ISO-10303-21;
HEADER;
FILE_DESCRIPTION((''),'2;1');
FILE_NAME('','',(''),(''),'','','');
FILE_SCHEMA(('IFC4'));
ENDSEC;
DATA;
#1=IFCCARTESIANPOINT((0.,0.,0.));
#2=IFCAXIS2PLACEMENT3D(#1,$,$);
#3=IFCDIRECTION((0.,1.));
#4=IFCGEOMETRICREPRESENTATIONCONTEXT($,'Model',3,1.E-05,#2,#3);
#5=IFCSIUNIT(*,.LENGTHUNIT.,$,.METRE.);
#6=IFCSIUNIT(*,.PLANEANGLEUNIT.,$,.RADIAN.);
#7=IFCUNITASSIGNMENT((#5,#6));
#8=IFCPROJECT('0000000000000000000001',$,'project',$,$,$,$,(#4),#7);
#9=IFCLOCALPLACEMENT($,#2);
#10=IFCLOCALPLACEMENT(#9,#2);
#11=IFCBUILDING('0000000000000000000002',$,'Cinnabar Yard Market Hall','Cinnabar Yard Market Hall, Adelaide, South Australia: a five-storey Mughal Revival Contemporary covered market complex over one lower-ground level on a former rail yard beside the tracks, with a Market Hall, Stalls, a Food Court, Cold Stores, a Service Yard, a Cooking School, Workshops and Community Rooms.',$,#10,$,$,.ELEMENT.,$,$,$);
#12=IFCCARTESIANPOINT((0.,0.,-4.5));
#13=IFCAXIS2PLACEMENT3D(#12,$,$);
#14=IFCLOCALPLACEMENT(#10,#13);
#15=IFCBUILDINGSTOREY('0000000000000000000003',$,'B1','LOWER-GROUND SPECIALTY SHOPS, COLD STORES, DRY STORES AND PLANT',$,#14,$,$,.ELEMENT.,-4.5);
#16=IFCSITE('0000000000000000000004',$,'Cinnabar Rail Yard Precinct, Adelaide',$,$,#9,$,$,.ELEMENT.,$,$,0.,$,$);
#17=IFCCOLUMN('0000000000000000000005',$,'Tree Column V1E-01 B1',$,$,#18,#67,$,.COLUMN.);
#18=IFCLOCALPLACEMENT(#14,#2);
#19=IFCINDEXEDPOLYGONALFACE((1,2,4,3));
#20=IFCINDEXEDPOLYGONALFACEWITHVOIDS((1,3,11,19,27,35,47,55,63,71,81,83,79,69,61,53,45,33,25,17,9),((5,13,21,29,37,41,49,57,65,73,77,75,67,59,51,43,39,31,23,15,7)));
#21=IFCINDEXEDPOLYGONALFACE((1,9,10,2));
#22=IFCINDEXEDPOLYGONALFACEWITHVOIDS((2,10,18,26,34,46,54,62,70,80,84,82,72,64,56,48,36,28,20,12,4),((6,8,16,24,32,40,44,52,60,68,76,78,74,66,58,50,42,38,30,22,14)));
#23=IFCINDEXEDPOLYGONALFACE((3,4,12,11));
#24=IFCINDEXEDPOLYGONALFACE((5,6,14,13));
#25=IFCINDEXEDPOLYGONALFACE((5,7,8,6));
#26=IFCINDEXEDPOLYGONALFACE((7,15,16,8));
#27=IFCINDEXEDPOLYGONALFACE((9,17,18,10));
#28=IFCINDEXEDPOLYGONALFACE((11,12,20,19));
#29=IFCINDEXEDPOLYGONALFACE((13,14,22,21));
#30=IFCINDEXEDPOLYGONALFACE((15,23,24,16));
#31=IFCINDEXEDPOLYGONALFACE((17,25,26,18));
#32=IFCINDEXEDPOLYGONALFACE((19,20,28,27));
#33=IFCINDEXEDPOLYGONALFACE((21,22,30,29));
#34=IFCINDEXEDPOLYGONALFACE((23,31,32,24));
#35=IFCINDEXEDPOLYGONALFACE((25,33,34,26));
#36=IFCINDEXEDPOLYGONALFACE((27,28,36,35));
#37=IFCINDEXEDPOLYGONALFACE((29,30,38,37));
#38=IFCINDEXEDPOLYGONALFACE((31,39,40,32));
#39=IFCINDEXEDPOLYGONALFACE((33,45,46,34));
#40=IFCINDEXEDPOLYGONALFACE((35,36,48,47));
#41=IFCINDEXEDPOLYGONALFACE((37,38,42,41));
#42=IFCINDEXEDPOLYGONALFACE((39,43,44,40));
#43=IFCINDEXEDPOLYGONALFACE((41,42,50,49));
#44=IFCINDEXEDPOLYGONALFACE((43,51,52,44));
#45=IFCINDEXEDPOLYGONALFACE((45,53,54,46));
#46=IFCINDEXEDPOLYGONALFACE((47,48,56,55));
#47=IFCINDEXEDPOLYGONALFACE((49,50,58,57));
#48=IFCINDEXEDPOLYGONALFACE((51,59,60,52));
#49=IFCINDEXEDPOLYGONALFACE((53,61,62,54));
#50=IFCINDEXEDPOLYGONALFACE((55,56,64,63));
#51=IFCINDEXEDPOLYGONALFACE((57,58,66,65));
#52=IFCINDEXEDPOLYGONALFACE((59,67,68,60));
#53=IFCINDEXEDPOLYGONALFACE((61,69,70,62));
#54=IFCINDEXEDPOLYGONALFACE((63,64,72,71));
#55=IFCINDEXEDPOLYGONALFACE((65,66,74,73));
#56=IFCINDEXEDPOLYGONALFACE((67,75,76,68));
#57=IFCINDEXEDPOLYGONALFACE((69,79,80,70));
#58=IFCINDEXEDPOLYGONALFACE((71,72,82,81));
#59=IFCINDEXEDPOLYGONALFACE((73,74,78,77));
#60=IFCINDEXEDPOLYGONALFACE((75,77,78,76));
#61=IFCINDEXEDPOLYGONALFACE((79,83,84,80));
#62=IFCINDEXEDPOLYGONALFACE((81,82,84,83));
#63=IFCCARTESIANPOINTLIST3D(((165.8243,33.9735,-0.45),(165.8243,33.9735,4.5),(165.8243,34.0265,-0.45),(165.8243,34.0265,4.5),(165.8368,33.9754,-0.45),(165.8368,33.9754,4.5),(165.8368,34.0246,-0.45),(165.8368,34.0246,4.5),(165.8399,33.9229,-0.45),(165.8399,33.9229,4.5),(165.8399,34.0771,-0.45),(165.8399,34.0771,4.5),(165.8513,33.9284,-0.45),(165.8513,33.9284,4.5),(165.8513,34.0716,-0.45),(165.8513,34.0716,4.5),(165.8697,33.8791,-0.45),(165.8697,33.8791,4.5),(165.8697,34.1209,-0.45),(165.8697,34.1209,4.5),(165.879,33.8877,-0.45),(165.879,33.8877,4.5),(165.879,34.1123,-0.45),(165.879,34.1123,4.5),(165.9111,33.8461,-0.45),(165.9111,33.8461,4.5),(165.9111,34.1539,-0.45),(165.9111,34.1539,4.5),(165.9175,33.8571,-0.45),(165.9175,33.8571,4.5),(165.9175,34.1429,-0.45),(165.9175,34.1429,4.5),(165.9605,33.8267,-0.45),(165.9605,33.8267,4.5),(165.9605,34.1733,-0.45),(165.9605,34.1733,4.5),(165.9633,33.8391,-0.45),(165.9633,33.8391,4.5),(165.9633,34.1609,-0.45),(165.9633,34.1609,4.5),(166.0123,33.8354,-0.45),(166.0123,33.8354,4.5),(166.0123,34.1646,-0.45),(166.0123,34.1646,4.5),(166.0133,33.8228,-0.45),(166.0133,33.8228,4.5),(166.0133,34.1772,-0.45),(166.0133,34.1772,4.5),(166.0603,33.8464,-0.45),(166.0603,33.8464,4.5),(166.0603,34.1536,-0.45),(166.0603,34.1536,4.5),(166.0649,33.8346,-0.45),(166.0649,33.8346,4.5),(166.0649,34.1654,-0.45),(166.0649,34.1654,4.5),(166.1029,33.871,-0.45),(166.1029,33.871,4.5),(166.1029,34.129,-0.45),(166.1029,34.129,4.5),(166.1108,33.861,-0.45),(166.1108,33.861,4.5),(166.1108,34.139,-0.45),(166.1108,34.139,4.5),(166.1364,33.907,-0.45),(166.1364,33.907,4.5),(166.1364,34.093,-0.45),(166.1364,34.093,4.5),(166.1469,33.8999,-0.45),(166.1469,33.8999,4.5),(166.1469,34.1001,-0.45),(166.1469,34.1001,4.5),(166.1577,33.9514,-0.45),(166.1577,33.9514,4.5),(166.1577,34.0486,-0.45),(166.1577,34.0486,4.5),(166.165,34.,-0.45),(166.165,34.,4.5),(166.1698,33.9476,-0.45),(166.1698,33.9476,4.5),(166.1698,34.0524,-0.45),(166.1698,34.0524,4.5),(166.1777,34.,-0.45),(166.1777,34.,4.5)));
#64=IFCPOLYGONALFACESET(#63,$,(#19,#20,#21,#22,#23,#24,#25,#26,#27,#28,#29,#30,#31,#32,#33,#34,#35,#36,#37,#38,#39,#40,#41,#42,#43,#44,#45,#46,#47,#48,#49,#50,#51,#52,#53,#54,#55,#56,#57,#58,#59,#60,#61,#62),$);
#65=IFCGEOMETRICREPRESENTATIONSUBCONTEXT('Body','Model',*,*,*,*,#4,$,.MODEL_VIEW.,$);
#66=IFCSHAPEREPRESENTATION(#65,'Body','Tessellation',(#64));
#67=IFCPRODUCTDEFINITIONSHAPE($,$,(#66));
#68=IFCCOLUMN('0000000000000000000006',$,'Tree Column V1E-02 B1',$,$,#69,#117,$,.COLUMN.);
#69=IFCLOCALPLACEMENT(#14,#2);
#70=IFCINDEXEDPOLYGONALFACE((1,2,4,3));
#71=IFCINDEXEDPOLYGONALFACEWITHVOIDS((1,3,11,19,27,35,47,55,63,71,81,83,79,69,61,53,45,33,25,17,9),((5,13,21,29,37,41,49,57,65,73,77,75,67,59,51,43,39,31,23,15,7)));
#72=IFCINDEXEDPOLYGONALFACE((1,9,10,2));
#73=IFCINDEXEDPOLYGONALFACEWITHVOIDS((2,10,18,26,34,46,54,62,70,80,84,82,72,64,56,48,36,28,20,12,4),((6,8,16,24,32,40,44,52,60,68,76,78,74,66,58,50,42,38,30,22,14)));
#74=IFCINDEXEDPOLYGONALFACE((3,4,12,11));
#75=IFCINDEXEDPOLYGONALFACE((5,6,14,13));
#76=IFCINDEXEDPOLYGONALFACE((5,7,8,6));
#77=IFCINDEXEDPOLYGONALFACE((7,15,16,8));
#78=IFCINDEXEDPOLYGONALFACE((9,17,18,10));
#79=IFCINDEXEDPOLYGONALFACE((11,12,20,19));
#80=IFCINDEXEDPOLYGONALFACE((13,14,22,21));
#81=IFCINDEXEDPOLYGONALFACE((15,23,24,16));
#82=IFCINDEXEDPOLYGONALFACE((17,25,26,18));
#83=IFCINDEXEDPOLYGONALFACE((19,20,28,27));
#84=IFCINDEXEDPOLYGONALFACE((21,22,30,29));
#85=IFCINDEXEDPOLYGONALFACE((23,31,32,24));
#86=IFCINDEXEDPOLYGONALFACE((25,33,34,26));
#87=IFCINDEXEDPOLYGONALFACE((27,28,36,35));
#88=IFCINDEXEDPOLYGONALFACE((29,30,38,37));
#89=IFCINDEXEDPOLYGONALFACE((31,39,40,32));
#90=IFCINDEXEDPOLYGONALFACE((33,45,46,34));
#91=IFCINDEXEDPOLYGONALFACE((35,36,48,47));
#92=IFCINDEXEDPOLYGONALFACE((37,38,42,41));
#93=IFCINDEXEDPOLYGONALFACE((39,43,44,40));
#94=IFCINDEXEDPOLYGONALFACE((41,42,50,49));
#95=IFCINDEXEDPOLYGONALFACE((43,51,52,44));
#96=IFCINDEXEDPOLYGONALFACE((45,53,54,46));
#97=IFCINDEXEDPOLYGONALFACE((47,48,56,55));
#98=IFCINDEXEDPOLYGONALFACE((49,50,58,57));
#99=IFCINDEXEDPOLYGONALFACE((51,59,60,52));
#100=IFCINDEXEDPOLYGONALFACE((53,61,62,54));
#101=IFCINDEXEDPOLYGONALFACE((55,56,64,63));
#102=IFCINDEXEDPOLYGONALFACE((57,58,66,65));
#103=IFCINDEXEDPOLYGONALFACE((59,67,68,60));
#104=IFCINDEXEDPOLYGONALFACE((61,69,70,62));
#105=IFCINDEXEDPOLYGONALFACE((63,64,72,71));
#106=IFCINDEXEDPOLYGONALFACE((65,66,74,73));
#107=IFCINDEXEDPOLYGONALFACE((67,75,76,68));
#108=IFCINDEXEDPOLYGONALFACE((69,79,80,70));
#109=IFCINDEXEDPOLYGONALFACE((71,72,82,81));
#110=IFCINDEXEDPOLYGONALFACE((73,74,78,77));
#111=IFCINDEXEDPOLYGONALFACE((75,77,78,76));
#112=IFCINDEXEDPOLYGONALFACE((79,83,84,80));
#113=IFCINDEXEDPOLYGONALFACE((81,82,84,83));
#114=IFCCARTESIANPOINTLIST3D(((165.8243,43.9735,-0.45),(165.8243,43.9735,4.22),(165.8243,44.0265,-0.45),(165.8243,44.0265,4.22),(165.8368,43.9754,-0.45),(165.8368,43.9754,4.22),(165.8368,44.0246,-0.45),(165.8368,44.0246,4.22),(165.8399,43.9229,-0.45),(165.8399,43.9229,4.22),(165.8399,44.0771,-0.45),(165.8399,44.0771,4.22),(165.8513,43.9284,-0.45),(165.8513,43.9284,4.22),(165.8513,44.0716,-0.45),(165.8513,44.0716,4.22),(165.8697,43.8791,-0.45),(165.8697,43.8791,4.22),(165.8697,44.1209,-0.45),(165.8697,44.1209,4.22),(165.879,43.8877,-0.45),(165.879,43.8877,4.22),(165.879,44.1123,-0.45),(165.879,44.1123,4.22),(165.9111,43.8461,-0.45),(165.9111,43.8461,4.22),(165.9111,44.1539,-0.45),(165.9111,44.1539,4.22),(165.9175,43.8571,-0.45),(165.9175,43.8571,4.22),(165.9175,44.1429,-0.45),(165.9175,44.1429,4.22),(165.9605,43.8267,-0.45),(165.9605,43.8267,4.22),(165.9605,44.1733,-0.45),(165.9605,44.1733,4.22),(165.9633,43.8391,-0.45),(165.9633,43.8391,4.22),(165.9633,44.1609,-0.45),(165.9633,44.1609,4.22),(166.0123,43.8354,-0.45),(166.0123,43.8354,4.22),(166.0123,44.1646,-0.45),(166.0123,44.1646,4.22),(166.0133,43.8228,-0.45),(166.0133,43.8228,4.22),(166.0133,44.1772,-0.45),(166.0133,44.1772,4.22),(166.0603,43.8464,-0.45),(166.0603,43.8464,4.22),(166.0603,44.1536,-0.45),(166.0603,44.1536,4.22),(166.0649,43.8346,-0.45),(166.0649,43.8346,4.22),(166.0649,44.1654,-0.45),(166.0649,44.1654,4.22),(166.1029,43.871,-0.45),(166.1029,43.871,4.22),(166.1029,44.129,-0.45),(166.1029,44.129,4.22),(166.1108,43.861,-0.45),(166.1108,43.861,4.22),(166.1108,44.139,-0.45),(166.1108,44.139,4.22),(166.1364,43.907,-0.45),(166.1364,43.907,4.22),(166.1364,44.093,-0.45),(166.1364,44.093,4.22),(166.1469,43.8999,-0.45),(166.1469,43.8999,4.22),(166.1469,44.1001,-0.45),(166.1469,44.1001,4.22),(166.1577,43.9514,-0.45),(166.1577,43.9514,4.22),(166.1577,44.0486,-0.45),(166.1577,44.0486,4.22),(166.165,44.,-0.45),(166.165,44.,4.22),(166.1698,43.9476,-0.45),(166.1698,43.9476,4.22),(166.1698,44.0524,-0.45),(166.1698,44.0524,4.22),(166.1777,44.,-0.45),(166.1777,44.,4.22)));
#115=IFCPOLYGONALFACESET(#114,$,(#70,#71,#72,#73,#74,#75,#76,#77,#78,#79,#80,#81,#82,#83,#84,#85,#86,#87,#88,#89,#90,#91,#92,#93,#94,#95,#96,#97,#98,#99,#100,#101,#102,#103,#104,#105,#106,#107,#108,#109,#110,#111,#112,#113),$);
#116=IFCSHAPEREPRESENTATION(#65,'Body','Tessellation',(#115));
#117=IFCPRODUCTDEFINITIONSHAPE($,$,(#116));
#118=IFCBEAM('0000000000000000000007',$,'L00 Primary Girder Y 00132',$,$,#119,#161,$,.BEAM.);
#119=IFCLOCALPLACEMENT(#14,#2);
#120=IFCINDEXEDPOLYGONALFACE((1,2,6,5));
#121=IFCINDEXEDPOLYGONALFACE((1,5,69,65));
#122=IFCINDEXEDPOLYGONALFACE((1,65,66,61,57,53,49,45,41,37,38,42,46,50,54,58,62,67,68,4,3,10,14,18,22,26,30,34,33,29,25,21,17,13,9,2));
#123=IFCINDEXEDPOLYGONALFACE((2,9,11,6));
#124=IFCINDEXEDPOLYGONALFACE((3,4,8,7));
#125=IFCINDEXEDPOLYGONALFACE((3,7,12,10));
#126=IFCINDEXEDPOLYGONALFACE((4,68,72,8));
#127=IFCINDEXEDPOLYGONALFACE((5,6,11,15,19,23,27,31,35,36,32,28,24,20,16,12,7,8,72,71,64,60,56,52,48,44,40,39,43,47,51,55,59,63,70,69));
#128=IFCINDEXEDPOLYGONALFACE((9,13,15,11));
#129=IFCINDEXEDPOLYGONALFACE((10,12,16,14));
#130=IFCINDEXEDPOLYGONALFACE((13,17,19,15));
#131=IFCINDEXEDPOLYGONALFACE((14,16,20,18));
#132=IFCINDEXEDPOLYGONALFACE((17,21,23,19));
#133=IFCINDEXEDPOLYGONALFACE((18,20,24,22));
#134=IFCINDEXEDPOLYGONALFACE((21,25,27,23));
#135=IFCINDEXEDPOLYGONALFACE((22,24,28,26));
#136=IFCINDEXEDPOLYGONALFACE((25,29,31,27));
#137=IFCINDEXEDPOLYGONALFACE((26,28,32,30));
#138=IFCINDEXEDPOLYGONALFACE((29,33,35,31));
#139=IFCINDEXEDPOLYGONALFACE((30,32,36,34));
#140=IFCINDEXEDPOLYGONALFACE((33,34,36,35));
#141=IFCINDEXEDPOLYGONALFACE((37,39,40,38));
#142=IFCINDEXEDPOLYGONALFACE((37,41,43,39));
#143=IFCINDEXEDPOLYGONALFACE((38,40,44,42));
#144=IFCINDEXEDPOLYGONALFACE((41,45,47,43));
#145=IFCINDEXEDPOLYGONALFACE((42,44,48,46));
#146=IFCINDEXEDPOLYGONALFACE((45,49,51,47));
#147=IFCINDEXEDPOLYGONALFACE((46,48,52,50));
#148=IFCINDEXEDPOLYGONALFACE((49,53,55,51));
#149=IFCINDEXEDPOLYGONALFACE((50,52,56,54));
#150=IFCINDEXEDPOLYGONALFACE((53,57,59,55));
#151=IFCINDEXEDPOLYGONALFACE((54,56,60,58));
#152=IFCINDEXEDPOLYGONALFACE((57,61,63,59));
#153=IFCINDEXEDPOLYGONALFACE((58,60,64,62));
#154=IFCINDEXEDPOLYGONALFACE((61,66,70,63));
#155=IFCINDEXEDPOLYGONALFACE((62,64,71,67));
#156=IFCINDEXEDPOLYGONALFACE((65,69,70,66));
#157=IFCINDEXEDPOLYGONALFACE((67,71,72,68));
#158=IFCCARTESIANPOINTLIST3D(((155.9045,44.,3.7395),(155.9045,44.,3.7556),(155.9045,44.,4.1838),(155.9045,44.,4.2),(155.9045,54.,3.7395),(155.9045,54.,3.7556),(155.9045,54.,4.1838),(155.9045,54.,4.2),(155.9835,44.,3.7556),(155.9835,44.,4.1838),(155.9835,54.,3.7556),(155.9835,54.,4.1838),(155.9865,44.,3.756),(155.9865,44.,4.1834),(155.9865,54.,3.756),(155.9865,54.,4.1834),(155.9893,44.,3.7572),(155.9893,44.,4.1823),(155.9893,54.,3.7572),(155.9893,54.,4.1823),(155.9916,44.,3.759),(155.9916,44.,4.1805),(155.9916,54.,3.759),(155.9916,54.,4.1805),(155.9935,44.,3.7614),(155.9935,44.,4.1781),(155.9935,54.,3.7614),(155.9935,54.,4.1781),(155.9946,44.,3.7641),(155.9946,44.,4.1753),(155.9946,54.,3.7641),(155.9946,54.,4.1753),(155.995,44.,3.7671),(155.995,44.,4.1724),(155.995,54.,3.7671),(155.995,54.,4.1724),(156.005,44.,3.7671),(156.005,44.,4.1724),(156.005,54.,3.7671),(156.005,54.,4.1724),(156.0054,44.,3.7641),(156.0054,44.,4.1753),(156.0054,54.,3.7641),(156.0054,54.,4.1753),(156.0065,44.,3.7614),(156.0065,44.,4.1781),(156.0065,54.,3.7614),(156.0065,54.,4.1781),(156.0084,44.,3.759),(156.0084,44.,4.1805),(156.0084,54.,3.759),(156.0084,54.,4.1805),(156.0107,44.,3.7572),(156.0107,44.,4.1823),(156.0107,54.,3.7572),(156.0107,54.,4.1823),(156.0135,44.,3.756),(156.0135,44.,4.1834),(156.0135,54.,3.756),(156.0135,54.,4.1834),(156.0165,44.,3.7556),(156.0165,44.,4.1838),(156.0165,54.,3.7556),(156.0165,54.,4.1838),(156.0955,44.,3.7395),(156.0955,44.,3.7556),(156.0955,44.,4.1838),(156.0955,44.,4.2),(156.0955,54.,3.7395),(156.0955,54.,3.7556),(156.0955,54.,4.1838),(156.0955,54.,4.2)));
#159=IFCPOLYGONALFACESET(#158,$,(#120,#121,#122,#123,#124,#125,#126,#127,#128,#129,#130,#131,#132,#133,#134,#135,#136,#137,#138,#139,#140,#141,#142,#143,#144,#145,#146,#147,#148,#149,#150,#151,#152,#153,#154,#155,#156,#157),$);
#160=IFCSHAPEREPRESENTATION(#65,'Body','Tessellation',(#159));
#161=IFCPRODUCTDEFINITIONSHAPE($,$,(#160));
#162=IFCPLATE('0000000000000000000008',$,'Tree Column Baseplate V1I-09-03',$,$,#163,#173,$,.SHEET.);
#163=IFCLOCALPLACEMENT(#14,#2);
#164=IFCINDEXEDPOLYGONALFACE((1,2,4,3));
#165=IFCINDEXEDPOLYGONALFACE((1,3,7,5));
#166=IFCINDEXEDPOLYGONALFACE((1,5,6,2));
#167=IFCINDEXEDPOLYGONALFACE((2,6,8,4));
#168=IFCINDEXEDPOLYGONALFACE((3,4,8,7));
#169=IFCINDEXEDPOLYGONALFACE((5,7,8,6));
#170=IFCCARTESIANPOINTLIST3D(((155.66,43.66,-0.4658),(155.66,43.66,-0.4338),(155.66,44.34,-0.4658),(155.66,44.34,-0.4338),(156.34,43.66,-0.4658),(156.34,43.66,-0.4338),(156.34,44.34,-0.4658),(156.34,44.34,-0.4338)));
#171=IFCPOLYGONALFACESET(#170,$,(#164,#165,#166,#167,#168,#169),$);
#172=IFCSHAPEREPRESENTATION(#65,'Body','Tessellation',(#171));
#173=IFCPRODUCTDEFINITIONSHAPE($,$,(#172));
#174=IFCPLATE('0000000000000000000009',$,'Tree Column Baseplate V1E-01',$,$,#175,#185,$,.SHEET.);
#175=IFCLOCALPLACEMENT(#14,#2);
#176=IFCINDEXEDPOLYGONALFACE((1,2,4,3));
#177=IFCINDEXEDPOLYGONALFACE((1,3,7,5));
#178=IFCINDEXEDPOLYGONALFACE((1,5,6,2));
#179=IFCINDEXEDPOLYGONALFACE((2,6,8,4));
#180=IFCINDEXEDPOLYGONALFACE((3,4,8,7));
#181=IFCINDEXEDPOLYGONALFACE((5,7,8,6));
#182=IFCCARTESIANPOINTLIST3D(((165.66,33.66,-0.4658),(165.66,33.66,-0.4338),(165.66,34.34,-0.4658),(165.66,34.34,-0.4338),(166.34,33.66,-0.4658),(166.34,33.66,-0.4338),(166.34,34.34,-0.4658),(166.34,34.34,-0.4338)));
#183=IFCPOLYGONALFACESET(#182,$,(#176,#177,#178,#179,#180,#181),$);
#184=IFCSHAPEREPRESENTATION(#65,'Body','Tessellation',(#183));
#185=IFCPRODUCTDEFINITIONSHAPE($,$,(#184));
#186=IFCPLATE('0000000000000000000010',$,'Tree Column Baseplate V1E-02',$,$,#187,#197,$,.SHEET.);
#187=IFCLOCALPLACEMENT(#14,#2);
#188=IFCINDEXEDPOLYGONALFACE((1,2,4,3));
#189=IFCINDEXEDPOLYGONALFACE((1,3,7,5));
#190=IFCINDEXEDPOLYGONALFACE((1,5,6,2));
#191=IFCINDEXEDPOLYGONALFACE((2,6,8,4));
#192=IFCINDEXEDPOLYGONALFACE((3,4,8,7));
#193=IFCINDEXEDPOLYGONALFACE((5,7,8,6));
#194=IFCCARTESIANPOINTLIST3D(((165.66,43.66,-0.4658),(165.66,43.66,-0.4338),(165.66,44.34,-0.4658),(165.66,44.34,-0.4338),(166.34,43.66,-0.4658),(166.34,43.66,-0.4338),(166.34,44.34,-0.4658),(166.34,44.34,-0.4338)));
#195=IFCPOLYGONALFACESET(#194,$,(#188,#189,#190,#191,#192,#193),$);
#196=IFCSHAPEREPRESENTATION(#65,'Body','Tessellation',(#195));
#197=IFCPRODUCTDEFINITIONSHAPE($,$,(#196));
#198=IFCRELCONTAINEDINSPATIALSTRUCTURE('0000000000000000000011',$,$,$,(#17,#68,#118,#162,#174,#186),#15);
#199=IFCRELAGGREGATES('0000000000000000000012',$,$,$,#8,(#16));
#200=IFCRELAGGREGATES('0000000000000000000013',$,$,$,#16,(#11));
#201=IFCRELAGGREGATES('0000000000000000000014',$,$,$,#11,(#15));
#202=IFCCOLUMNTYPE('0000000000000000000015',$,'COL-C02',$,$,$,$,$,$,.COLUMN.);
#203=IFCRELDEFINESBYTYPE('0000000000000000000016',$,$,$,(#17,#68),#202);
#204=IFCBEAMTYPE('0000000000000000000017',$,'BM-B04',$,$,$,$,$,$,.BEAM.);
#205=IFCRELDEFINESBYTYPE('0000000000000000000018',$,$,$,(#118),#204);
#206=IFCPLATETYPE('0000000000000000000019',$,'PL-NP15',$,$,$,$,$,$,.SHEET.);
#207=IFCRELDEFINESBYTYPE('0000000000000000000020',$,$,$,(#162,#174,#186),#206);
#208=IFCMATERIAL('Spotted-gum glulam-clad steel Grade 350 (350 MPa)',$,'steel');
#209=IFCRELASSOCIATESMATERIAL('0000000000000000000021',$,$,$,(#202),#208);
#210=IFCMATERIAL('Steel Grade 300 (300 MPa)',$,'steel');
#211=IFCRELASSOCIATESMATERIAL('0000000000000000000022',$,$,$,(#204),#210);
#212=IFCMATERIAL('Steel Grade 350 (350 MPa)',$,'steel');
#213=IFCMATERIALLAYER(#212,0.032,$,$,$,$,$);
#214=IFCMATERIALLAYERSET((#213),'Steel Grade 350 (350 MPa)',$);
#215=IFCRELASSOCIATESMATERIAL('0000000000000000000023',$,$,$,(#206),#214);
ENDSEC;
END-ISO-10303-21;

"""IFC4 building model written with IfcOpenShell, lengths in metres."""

from ifc_helpers import new_model, si_unit, direction, frame, origin, origin_2d_with_axis, place, context, subcontext, project, spatial, rectangle, hollow_circle, i_section, extrude, material, layer, layer_set, material_profile, profile_set, type_object, element, save


model = new_model("IFC4")

# Units and contexts
model_context = context("Model", 3, precision=1e-05, world=origin(), true_north=direction((0.0, 1.0)))
body_context = subcontext(model_context, "Body", "Model", "MODEL_VIEW")
ifc_project = project(units=[si_unit("LENGTHUNIT", "METRE"), si_unit("PLANEANGLEUNIT", "RADIAN")], contexts=[model_context])

# Site, building, storey
site_placement = place(None, origin())
site = spatial("IfcSite", under=ifc_project, at=site_placement, Name="Cinnabar Rail Yard Precinct, Adelaide", CompositionType="ELEMENT", RefElevation=0.0)
building_placement = place(site_placement, origin())
building = spatial("IfcBuilding", under=site, at=building_placement, Name="Cinnabar Yard Market Hall", Description="Cinnabar Yard Market Hall, Adelaide, South Australia: a five-storey Mughal Revival Contemporary covered market complex over one lower-ground level on a former rail yard beside the tracks, with a Market Hall, Stalls, a Food Court, Cold Stores, a Service Yard, a Cooking School, Workshops and Community Rooms.", CompositionType="ELEMENT")
storey_placement = place(building_placement, frame((0.0, 0.0, -4.5)))
storey = spatial("IfcBuildingStorey", under=building, at=storey_placement, Name="B1", Description="LOWER-GROUND SPECIALTY SHOPS, COLD STORES, DRY STORES AND PLANT", CompositionType="ELEMENT", Elevation=-4.5)

# Columns
ifc_material_1 = material(Name="Spotted-gum glulam-clad steel Grade 350 (350 MPa)", Category="steel")
ifc_material_profile_1 = material_profile(ifc_material_1, hollow_circle(Radius=0.1777, WallThickness=0.0127, at=origin_2d_with_axis()), Name="355.6x12.7CHS")
ifc_profile_set_1 = profile_set([ifc_material_profile_1], Name="Spotted-gum glulam-clad steel Grade 350 (350 MPa)")
column_type_1 = type_object("IfcColumnType", Name="COL-C02", PredefinedType="COLUMN", material=ifc_profile_set_1)
column_1_placement = place(storey_placement, frame((166.0, 34.0, -0.45), z_axis=(0.0, 0.0, 1.0), x_axis=(1.0, 0.0, 0.0)))
element("IfcColumn", 1, at=column_1_placement, inside=storey, type_object=column_type_1, Name="Tree Column V1E-01 B1", PredefinedType="COLUMN", context=body_context, shape_type="SweptSolid", body=[
    extrude(hollow_circle(Radius=0.1777, WallThickness=0.0127, at=origin_2d_with_axis()), origin(), (0.0, 0.0, 1.0), 4.95),
])
column_2_placement = place(storey_placement, frame((166.0, 44.0, -0.45), z_axis=(0.0, 0.0, 1.0), x_axis=(1.0, 0.0, 0.0)))
element("IfcColumn", 2, at=column_2_placement, inside=storey, type_object=column_type_1, Name="Tree Column V1E-02 B1", PredefinedType="COLUMN", context=body_context, shape_type="SweptSolid", body=[
    extrude(hollow_circle(Radius=0.1777, WallThickness=0.0127, at=origin_2d_with_axis()), origin(), (0.0, 0.0, 1.0), 4.6699),
])

# Beam
ifc_material_2 = material(Name="Steel Grade 300 (300 MPa)", Category="steel")
ifc_material_profile_2 = material_profile(ifc_material_2, i_section(OverallWidth=0.1909, OverallDepth=0.4604, WebThickness=0.01, FlangeThickness=0.0161, FilletRadius=0.0115, at=origin_2d_with_axis()), Name="460UB82.1")
ifc_profile_set_2 = profile_set([ifc_material_profile_2], Name="Steel Grade 300 (300 MPa)")
beam_type = type_object("IfcBeamType", Name="BM-B04", PredefinedType="BEAM", material=ifc_profile_set_2)
beam_placement = place(storey_placement, frame((156.0, 44.0, 3.9697), z_axis=(0.0, 1.0, 0.0), x_axis=(-1.0, 0.0, 0.0)))
element("IfcBeam", 3, at=beam_placement, inside=storey, type_object=beam_type, Name="L00 Primary Girder Y 00132", PredefinedType="BEAM", context=body_context, shape_type="SweptSolid", body=[
    extrude(i_section(OverallWidth=0.1909, OverallDepth=0.4604, WebThickness=0.01, FlangeThickness=0.0161, FilletRadius=0.0115, at=origin_2d_with_axis()), origin(), (0.0, 0.0, 1.0), 10.0),
])

# Plates
ifc_material_3 = material(Name="Steel Grade 350 (350 MPa)", Category="steel")
ifc_layer_1 = layer(ifc_material_3, 0.032)
ifc_layer_set_1 = layer_set([ifc_layer_1], Name="Steel Grade 350 (350 MPa)")
plate_type = type_object("IfcPlateType", Name="PL-NP15", PredefinedType="SHEET", material=ifc_layer_set_1)
for number, where, z_axis, x_axis, name in (
    (4, (156.0, 44.0, -0.4658), (0.0, 0.0, 1.0), (1.0, 0.0, 0.0), "Tree Column Baseplate V1I-09-03"),
    (5, (166.0, 34.0, -0.4658), (0.0, 0.0, 1.0), (1.0, 0.0, 0.0), "Tree Column Baseplate V1E-01"),
    (6, (166.0, 44.0, -0.4658), (0.0, 0.0, 1.0), (1.0, 0.0, 0.0), "Tree Column Baseplate V1E-02"),
):
    element("IfcPlate", number, at=place(storey_placement, frame(where, z_axis=z_axis, x_axis=x_axis)), inside=storey, type_object=plate_type, Name=name, PredefinedType="SHEET", context=body_context, shape_type="SweptSolid", body=[
        extrude(rectangle(XDim=0.6799, YDim=0.6799, at=origin_2d_with_axis()), origin(), (0.0, 0.0, 1.0), 0.032),
    ])

save(model, "model.ifc")
